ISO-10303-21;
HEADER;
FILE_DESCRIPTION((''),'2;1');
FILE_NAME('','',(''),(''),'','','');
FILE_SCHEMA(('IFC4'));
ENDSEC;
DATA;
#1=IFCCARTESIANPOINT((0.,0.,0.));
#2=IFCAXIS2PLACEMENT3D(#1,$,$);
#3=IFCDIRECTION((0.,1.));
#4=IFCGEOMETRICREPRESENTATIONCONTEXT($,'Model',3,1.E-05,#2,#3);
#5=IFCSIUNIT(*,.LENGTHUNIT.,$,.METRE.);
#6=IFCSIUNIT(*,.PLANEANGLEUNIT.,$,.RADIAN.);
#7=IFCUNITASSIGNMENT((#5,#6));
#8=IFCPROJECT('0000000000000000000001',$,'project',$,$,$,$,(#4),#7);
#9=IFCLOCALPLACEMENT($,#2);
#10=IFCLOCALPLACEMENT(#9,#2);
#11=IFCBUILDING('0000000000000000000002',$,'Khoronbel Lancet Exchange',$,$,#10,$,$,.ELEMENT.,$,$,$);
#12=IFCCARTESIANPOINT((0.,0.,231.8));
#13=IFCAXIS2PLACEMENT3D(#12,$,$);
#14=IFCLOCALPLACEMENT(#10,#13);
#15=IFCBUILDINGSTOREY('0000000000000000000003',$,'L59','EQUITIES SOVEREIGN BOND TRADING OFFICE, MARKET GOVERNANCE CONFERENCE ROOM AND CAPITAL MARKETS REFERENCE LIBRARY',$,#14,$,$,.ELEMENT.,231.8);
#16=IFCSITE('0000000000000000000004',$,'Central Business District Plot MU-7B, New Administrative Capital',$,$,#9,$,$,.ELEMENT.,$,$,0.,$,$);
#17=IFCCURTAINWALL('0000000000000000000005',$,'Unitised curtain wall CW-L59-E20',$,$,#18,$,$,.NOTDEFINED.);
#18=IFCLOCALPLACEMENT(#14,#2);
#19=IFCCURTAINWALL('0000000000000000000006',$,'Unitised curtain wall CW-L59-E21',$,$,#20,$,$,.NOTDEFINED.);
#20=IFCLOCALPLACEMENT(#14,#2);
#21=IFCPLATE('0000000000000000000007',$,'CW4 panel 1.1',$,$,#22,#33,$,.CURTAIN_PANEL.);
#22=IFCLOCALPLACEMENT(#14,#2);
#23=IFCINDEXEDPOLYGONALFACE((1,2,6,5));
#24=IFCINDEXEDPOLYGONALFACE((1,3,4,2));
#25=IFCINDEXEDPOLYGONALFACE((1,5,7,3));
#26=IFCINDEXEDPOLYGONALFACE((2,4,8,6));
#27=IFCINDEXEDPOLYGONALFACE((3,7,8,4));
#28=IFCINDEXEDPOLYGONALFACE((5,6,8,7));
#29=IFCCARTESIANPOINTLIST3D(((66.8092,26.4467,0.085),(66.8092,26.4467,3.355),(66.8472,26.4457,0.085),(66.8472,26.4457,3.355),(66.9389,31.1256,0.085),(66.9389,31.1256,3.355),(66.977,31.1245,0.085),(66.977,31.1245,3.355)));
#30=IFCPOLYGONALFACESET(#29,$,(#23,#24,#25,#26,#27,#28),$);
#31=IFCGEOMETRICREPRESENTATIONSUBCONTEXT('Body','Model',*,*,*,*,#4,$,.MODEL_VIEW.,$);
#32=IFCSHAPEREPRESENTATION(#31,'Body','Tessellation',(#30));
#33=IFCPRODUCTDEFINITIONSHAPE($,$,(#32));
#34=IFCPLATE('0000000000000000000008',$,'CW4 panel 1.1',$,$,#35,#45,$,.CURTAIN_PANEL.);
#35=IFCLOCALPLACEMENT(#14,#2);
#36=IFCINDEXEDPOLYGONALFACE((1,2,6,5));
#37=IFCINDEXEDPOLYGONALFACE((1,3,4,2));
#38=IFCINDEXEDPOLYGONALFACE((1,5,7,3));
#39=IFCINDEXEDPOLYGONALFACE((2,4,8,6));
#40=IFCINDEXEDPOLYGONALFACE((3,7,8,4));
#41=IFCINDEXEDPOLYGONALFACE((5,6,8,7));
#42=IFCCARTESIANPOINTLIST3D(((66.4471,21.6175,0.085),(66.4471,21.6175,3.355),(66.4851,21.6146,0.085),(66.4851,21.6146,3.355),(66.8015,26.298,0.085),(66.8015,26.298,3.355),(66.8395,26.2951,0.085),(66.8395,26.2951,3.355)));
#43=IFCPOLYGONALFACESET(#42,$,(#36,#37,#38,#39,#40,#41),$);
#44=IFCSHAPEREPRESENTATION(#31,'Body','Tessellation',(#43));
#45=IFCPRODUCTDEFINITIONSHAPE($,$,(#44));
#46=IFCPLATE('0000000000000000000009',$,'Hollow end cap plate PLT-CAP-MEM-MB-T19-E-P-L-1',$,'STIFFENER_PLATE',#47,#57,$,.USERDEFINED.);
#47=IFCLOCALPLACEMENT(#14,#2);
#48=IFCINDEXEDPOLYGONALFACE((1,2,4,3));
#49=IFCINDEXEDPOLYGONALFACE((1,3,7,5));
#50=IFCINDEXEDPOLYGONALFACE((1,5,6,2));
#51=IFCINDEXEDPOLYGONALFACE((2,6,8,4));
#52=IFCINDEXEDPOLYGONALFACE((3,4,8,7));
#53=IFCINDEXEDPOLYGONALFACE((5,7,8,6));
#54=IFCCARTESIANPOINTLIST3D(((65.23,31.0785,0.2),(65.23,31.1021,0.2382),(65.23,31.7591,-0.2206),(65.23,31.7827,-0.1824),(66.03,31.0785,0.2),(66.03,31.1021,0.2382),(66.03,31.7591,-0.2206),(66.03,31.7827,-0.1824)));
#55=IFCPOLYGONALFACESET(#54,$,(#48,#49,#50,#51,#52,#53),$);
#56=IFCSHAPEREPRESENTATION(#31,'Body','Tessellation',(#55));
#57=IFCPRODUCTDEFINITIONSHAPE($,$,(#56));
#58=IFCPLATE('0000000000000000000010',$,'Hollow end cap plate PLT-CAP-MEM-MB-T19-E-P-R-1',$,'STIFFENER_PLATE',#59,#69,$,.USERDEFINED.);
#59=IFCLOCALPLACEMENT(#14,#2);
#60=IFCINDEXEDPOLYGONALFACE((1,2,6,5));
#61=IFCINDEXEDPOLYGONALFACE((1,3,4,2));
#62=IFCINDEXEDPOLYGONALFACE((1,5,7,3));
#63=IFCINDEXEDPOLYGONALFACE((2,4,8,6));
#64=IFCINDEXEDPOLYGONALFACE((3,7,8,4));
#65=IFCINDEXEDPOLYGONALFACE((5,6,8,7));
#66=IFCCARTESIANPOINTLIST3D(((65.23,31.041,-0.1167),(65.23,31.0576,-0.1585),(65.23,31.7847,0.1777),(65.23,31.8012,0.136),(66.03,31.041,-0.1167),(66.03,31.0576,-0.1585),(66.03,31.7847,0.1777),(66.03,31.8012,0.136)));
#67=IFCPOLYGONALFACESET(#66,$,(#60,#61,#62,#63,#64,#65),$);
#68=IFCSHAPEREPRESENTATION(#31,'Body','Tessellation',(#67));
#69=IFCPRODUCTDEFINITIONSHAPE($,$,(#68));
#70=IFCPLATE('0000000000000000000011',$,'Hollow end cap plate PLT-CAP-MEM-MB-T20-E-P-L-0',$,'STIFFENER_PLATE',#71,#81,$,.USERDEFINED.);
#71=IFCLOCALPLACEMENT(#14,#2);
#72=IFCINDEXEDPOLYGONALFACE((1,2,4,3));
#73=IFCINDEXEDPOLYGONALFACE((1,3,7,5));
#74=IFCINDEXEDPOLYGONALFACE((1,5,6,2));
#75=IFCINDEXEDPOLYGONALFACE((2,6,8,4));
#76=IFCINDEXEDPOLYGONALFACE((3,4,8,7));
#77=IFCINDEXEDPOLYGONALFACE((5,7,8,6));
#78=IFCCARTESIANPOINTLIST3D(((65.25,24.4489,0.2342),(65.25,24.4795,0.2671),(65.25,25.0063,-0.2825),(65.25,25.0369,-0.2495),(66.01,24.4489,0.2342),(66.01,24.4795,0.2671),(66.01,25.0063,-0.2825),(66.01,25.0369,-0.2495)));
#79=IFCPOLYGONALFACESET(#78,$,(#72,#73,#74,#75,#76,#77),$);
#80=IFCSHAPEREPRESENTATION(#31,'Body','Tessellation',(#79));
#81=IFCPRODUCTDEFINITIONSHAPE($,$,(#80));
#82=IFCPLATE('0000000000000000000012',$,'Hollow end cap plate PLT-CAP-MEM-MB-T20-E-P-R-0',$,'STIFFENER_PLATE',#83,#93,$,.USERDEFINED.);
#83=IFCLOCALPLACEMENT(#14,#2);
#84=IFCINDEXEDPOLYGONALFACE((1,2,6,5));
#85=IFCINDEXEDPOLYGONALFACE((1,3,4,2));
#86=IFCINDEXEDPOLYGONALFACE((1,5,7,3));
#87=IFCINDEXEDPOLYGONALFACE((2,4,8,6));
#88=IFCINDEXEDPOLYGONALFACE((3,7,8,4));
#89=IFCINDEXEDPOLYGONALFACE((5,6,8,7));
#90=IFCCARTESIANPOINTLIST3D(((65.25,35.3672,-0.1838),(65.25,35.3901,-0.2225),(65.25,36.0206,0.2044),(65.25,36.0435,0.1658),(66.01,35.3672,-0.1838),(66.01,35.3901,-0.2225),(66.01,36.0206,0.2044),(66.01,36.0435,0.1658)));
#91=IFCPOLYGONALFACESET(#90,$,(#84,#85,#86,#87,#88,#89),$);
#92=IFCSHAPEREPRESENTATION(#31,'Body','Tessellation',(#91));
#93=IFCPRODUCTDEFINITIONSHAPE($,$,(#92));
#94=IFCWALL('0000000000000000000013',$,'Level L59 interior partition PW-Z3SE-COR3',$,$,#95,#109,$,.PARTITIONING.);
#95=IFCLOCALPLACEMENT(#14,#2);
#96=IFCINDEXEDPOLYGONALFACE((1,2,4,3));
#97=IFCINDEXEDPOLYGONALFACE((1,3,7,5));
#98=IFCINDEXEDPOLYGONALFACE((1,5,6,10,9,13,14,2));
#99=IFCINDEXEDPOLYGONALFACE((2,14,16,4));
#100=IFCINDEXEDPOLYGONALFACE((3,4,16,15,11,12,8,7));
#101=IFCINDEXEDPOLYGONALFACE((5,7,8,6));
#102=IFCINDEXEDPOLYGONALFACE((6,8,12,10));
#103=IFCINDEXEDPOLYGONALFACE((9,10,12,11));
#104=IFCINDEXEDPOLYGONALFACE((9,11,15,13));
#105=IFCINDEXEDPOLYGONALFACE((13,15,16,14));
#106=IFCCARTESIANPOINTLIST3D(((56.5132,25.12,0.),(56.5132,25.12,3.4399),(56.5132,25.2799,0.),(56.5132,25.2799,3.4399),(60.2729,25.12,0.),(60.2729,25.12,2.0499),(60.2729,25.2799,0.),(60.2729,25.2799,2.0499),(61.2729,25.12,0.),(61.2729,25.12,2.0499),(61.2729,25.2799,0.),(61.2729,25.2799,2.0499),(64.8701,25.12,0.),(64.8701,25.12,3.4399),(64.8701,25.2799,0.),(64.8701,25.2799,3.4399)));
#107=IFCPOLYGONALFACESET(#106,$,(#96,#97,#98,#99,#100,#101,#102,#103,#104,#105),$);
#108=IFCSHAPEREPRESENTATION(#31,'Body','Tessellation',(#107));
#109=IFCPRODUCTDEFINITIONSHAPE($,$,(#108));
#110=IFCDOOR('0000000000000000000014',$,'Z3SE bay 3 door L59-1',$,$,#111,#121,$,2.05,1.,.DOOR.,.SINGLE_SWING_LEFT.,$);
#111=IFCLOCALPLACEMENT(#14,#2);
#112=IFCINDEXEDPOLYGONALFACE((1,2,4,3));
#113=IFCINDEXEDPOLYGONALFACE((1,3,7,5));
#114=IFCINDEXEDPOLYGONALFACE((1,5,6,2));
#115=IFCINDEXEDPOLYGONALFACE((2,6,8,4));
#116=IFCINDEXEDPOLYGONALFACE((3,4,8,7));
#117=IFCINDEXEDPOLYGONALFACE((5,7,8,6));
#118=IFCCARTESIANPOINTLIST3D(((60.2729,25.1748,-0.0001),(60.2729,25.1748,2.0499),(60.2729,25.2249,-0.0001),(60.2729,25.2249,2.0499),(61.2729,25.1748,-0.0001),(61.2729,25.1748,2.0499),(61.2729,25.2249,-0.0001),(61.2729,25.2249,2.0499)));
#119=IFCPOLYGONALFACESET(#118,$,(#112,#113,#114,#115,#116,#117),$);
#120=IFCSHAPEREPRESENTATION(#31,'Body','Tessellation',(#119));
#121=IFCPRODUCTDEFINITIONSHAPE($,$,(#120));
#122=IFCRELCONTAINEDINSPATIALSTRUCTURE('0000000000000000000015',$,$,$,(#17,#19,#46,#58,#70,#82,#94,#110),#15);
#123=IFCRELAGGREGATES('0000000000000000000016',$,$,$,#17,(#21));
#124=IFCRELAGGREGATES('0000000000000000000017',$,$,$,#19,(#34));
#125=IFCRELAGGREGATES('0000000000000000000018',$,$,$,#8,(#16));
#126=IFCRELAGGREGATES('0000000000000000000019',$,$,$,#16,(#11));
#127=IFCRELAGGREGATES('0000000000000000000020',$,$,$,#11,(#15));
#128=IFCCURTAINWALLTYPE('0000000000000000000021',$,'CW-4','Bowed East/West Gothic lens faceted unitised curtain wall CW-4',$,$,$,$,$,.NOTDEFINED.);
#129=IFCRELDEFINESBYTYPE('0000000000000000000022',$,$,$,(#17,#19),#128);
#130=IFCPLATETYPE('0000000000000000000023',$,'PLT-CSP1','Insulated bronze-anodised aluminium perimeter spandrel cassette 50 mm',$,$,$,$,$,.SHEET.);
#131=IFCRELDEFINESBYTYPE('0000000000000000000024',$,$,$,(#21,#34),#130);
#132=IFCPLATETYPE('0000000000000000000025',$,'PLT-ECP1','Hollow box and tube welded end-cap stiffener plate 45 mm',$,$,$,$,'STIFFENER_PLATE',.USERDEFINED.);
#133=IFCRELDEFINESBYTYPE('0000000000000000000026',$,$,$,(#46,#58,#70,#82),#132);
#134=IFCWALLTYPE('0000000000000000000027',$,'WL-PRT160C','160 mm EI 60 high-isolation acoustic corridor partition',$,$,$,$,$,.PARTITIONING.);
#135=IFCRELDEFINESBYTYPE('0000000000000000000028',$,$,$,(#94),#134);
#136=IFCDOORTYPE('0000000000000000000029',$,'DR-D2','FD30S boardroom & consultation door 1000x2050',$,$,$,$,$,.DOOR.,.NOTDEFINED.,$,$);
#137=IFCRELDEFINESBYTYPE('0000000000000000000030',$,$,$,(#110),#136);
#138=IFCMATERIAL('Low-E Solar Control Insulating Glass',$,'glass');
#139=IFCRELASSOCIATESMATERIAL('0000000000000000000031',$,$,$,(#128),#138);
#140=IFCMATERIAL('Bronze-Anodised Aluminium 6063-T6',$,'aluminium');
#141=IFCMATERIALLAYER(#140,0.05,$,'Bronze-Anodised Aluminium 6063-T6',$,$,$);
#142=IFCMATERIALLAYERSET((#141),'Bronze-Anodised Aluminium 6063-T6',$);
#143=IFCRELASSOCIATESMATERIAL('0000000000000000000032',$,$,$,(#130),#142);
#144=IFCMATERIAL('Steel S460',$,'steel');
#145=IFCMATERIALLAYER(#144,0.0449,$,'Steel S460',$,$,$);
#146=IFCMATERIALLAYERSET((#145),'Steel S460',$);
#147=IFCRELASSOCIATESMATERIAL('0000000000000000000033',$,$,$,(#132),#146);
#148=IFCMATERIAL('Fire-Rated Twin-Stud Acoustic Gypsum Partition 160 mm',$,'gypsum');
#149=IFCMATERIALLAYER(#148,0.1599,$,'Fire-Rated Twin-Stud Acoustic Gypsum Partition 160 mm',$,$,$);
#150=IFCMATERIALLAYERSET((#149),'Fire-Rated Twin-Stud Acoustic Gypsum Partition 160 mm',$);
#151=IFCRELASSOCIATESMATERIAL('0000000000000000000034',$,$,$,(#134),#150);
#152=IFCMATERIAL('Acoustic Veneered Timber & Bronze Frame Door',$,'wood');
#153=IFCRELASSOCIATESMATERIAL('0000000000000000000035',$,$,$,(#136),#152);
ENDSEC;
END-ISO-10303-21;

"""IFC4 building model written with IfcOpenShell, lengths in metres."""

from ifc_helpers import new_model, si_unit, direction, frame, frame_2d, origin, origin_2d, place, context, subcontext, project, spatial, polyline, rectangle, outline, extrude, material, layer, layer_set, type_object, element, fill, aggregate, save


model = new_model("IFC4")

# Units and contexts
model_context = context("Model", 3, precision=1e-05, world=origin(), true_north=direction((0.0, 1.0)))
body_context = subcontext(model_context, "Body", "Model", "MODEL_VIEW")
ifc_project = project(units=[si_unit("LENGTHUNIT", "METRE"), si_unit("PLANEANGLEUNIT", "RADIAN")], contexts=[model_context])

# Site, building, storey
site_placement = place(None, origin())
site = spatial("IfcSite", under=ifc_project, at=site_placement, Name="Central Business District Plot MU-7B, New Administrative Capital", CompositionType="ELEMENT", RefElevation=0.0)
building_placement = place(site_placement, origin())
building = spatial("IfcBuilding", under=site, at=building_placement, Name="Khoronbel Lancet Exchange", CompositionType="ELEMENT")
storey_placement = place(building_placement, frame((0.0, 0.0, 231.8)))
storey = spatial("IfcBuildingStorey", under=building, at=storey_placement, Name="L59", Description="EQUITIES SOVEREIGN BOND TRADING OFFICE, MARKET GOVERNANCE CONFERENCE ROOM AND CAPITAL MARKETS REFERENCE LIBRARY", CompositionType="ELEMENT", Elevation=231.8)

# Shared definitions
ifc_material_1 = material(Name="Low-E Solar Control Insulating Glass", Category="glass")
curtain_wall_type = type_object("IfcCurtainWallType", Name="CW-4", Description="Bowed East/West Gothic lens faceted unitised curtain wall CW-4", PredefinedType="NOTDEFINED", material=ifc_material_1)
ifc_material_2 = material(Name="Bronze-Anodised Aluminium 6063-T6", Category="aluminium")

# Curtain walls
curtain_wall_1_placement = place(storey_placement, origin())
curtain_wall_1 = element("IfcCurtainWall", 1, at=curtain_wall_1_placement, inside=storey, type_object=curtain_wall_type, Name="Unitised curtain wall CW-L59-E20", PredefinedType="NOTDEFINED")
curtain_wall_2_placement = place(storey_placement, origin())
curtain_wall_2 = element("IfcCurtainWall", 2, at=curtain_wall_2_placement, inside=storey, type_object=curtain_wall_type, Name="Unitised curtain wall CW-L59-E21", PredefinedType="NOTDEFINED")

# Shared definitions
ifc_material_3 = material(Name="Steel S460", Category="steel")

# Plates
ifc_layer_1 = layer(ifc_material_2, 0.05, Name="Bronze-Anodised Aluminium 6063-T6")
ifc_layer_set_1 = layer_set([ifc_layer_1], Name="Bronze-Anodised Aluminium 6063-T6")
plate_type_1 = type_object("IfcPlateType", Name="PLT-CSP1", Description="Insulated bronze-anodised aluminium perimeter spandrel cassette 50 mm", PredefinedType="SHEET", material=ifc_layer_set_1)
plate_1_placement = place(storey_placement, frame((66.8931, 28.7856, 0.085), z_axis=(0.0, 0.0, 1.0), x_axis=(-0.027719, -0.999616, 0.0)))
plate_1 = element("IfcPlate", 3, at=plate_1_placement, type_object=plate_type_1, Name="CW4 panel 1.1", PredefinedType="CURTAIN_PANEL", context=body_context, shape_type="SweptSolid", body=[
    extrude(rectangle(XDim=4.6807, YDim=0.0381, at=origin_2d()), origin(), (0.0, 0.0, 1.0), 3.27),
])
aggregate(curtain_wall_1, [plate_1])
plate_2_placement = place(storey_placement, frame((66.6433, 23.9563, 0.085), z_axis=(0.0, 0.0, 1.0), x_axis=(-0.075498, -0.997146, 0.0)))
plate_2 = element("IfcPlate", 4, at=plate_2_placement, type_object=plate_type_1, Name="CW4 panel 1.1", PredefinedType="CURTAIN_PANEL", context=body_context, shape_type="SweptSolid", body=[
    extrude(rectangle(XDim=4.6938, YDim=0.0381, at=origin_2d()), origin(), (0.0, 0.0, 1.0), 3.27),
])
aggregate(curtain_wall_2, [plate_2])

# Plates
ifc_layer_2 = layer(ifc_material_3, 0.0449, Name="Steel S460")
ifc_layer_set_2 = layer_set([ifc_layer_2], Name="Steel S460")
plate_type_2 = type_object("IfcPlateType", Name="PLT-ECP1", Description="Hollow box and tube welded end-cap stiffener plate 45 mm", ElementType="STIFFENER_PLATE", PredefinedType="USERDEFINED", material=ifc_layer_set_2)
plate_3_placement = place(storey_placement, frame((66.03, 31.7827, -0.1824), z_axis=(0.0, 0.525714, 0.850662), x_axis=(-1.0, 0.0, 0.0)))
element("IfcPlate", 5, at=plate_3_placement, inside=storey, type_object=plate_type_2, Name="Hollow end cap plate PLT-CAP-MEM-MB-T19-E-P-L-1", ObjectType="STIFFENER_PLATE", PredefinedType="USERDEFINED", context=body_context, shape_type="SweptSolid", body=[
    extrude(outline(polyline([(0.0, 0.0), (0.8, 0.0), (0.8, 0.8), (0.0, 0.8), (0.0, 0.0)])), origin(), (0.0, 0.0, -1.0), 0.0449),
])
plate_4_placement = place(storey_placement, frame((65.23, 31.041, -0.1167), z_axis=(0.0, -0.368125, 0.929776), x_axis=(1.0, 0.0, 0.0)))
element("IfcPlate", 6, at=plate_4_placement, inside=storey, type_object=plate_type_2, Name="Hollow end cap plate PLT-CAP-MEM-MB-T19-E-P-R-1", ObjectType="STIFFENER_PLATE", PredefinedType="USERDEFINED", context=body_context, shape_type="SweptSolid", body=[
    extrude(outline(polyline([(0.0, 0.0), (0.8, 0.0), (0.8, 0.7998), (0.0, 0.7998), (0.0, 0.0)])), origin(), (0.0, 0.0, -1.0), 0.0449),
])
for number, where, z_axis, x_axis, name in (
    (7, (66.01, 25.0369, -0.2495), (0.0, 0.679773, 0.733422), (-1.0, 0.0, 0.0), "Hollow end cap plate PLT-CAP-MEM-MB-T20-E-P-L-0"),
    (8, (65.25, 35.3672, -0.1838), (0.0, -0.510806, 0.859696), (1.0, 0.0, 0.0), "Hollow end cap plate PLT-CAP-MEM-MB-T20-E-P-R-0"),
):
    element("IfcPlate", number, at=place(storey_placement, frame(where, z_axis=z_axis, x_axis=x_axis)), inside=storey, type_object=plate_type_2, Name=name, ObjectType="STIFFENER_PLATE", PredefinedType="USERDEFINED", context=body_context, shape_type="SweptSolid", body=[
        extrude(outline(polyline([(0.0, 0.0), (0.76, 0.0), (0.76, 0.76), (0.0, 0.76), (0.0, 0.0)])), origin(), (0.0, 0.0, -1.0), 0.0449),
    ])

# Wall, opening, door
ifc_material_4 = material(Name="Fire-Rated Twin-Stud Acoustic Gypsum Partition 160 mm", Category="gypsum")
ifc_layer_3 = layer(ifc_material_4, 0.1599, Name="Fire-Rated Twin-Stud Acoustic Gypsum Partition 160 mm")
ifc_layer_set_3 = layer_set([ifc_layer_3], Name="Fire-Rated Twin-Stud Acoustic Gypsum Partition 160 mm")
wall_type = type_object("IfcWallType", Name="WL-PRT160C", Description="160 mm EI 60 high-isolation acoustic corridor partition", PredefinedType="PARTITIONING", material=ifc_layer_set_3)
wall_placement = place(storey_placement, frame((56.5132, 25.2, 0.0), z_axis=(0.0, 0.0, 1.0), x_axis=(1.0, 0.0, 0.0)))
wall = element("IfcWall", 9, at=wall_placement, inside=storey, type_object=wall_type, Name="Level L59 interior partition PW-Z3SE-COR3", PredefinedType="PARTITIONING", context=body_context, shape_type="SweptSolid", body=[
    extrude(rectangle(XDim=8.3569, YDim=0.1599, at=frame_2d((4.1785, 0.0))), origin(), (0.0, 0.0, 1.0), 3.4399),
])
opening_placement = place(wall_placement, frame((3.7598, 0.0, 0.0)))
opening = element("IfcOpeningElement", 10, at=opening_placement, cuts=wall, PredefinedType="OPENING", context=body_context, shape_type="SweptSolid", body=[
    extrude(rectangle(XDim=1.0, YDim=2.05, at=frame_2d((0.5, 1.0249))), frame((0.0, 0.0898, 0.0), z_axis=(0.0, -1.0, 0.0), x_axis=(1.0, 0.0, 0.0)), (0.0, 0.0, 1.0), 0.1799),
])
ifc_material_5 = material(Name="Acoustic Veneered Timber & Bronze Frame Door", Category="wood")
door_type = type_object("IfcDoorType", Name="DR-D2", Description="FD30S boardroom & consultation door 1000x2050", OperationType="NOTDEFINED", PredefinedType="DOOR", material=ifc_material_5)
door_placement = place(opening_placement, origin())
door = element("IfcDoor", 11, at=door_placement, inside=storey, type_object=door_type, Name="Z3SE bay 3 door L59-1", OperationType="SINGLE_SWING_LEFT", OverallHeight=2.05, OverallWidth=1.0, PredefinedType="DOOR", context=body_context, shape_type="SweptSolid", body=[
    extrude(rectangle(XDim=1.0, YDim=2.05, at=frame_2d((0.5, 1.0249))), frame((0.0, 0.0249, 0.0), z_axis=(0.0, -1.0, 0.0), x_axis=(1.0, 0.0, 0.0)), (0.0, 0.0, 1.0), 0.05),
])
fill(opening, door)

save(model, "model.ifc")
